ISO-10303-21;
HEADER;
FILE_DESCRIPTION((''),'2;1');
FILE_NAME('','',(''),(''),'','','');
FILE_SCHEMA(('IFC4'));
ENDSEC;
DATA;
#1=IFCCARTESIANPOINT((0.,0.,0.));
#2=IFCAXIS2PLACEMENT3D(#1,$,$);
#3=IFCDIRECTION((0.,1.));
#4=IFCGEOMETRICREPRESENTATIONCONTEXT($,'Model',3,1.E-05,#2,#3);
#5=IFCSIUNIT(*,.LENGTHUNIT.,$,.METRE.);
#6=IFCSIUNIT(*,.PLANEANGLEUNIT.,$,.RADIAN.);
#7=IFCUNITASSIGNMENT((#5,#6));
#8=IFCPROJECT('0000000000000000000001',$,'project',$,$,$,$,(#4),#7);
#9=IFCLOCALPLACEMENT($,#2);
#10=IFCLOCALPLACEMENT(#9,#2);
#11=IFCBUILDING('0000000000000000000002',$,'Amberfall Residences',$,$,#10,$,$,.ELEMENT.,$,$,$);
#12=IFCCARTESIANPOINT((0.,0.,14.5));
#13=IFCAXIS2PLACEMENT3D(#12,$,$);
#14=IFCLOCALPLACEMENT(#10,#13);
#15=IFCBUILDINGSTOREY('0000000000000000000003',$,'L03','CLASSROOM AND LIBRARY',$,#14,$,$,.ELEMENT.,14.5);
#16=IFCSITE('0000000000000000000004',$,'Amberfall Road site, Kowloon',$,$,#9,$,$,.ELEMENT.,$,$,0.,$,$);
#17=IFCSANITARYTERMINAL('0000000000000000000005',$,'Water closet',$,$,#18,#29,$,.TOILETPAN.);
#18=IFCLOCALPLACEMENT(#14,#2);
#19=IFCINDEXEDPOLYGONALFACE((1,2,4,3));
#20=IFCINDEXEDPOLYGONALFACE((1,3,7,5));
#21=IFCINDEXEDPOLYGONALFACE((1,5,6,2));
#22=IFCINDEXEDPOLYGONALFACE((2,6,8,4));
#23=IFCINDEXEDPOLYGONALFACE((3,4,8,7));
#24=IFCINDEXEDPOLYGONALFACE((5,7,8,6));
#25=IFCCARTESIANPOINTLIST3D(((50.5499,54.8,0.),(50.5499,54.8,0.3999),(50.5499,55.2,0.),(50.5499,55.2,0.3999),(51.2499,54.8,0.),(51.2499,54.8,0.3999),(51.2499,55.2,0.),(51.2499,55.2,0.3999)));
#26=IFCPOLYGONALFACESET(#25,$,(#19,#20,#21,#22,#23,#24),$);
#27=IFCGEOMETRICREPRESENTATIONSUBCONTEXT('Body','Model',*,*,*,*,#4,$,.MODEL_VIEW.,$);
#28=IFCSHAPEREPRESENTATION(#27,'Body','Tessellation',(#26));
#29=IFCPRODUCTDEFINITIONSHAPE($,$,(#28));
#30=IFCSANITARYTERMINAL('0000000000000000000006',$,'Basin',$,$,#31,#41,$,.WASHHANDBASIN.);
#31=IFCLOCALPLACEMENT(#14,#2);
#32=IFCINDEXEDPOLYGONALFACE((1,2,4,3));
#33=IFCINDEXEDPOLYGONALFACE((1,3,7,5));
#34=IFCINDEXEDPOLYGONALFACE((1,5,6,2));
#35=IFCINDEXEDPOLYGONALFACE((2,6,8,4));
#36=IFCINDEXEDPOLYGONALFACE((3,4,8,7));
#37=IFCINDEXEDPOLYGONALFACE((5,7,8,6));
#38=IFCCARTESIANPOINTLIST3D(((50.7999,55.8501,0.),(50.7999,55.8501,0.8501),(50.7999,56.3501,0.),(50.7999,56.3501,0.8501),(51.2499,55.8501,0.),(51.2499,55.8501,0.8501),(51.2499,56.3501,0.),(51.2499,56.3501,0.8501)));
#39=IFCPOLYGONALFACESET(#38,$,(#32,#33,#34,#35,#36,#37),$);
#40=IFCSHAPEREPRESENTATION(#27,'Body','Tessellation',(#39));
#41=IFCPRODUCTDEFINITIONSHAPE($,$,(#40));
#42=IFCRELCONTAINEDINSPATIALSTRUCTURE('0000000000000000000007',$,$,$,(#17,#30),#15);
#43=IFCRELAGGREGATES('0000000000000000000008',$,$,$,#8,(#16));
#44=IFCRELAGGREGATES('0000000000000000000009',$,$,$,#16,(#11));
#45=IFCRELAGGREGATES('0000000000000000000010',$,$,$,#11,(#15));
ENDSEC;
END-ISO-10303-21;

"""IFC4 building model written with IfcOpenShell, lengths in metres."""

from ifc_helpers import new_model, si_unit, direction, frame, origin, origin_2d, place, context, subcontext, project, spatial, rectangle, extrude, element, save


model = new_model("IFC4")

# Units and contexts
model_context = context("Model", 3, precision=1e-05, world=origin(), true_north=direction((0.0, 1.0)))
body_context = subcontext(model_context, "Body", "Model", "MODEL_VIEW")
ifc_project = project(units=[si_unit("LENGTHUNIT", "METRE"), si_unit("PLANEANGLEUNIT", "RADIAN")], contexts=[model_context])

# Site, building, storey
site_placement = place(None, origin())
site = spatial("IfcSite", under=ifc_project, at=site_placement, Name="Amberfall Road site, Kowloon", CompositionType="ELEMENT", RefElevation=0.0)
building_placement = place(site_placement, origin())
building = spatial("IfcBuilding", under=site, at=building_placement, Name="Amberfall Residences", CompositionType="ELEMENT")
storey_placement = place(building_placement, frame((0.0, 0.0, 14.5)))
storey = spatial("IfcBuildingStorey", under=building, at=storey_placement, Name="L03", Description="CLASSROOM AND LIBRARY", CompositionType="ELEMENT", Elevation=14.5)

# Sanitary terminals
sanitary_terminal_1_placement = place(storey_placement, frame((50.8999, 55.0, 0.0), z_axis=(0.0, 0.0, 1.0), x_axis=(1.0, 0.0, 0.0)))
element("IfcSanitaryTerminal", 1, at=sanitary_terminal_1_placement, inside=storey, Name="Water closet", PredefinedType="TOILETPAN", context=body_context, shape_type="SweptSolid", body=[
    extrude(rectangle(XDim=0.7, YDim=0.3999, at=origin_2d()), origin(), (0.0, 0.0, 1.0), 0.3999),
])
sanitary_terminal_2_placement = place(storey_placement, frame((51.0249, 56.1001, 0.0), z_axis=(0.0, 0.0, 1.0), x_axis=(1.0, 0.0, 0.0)))
element("IfcSanitaryTerminal", 2, at=sanitary_terminal_2_placement, inside=storey, Name="Basin", PredefinedType="WASHHANDBASIN", context=body_context, shape_type="SweptSolid", body=[
    extrude(rectangle(XDim=0.45, YDim=0.5, at=origin_2d()), origin(), (0.0, 0.0, 1.0), 0.8501),
])

save(model, "model.ifc")
